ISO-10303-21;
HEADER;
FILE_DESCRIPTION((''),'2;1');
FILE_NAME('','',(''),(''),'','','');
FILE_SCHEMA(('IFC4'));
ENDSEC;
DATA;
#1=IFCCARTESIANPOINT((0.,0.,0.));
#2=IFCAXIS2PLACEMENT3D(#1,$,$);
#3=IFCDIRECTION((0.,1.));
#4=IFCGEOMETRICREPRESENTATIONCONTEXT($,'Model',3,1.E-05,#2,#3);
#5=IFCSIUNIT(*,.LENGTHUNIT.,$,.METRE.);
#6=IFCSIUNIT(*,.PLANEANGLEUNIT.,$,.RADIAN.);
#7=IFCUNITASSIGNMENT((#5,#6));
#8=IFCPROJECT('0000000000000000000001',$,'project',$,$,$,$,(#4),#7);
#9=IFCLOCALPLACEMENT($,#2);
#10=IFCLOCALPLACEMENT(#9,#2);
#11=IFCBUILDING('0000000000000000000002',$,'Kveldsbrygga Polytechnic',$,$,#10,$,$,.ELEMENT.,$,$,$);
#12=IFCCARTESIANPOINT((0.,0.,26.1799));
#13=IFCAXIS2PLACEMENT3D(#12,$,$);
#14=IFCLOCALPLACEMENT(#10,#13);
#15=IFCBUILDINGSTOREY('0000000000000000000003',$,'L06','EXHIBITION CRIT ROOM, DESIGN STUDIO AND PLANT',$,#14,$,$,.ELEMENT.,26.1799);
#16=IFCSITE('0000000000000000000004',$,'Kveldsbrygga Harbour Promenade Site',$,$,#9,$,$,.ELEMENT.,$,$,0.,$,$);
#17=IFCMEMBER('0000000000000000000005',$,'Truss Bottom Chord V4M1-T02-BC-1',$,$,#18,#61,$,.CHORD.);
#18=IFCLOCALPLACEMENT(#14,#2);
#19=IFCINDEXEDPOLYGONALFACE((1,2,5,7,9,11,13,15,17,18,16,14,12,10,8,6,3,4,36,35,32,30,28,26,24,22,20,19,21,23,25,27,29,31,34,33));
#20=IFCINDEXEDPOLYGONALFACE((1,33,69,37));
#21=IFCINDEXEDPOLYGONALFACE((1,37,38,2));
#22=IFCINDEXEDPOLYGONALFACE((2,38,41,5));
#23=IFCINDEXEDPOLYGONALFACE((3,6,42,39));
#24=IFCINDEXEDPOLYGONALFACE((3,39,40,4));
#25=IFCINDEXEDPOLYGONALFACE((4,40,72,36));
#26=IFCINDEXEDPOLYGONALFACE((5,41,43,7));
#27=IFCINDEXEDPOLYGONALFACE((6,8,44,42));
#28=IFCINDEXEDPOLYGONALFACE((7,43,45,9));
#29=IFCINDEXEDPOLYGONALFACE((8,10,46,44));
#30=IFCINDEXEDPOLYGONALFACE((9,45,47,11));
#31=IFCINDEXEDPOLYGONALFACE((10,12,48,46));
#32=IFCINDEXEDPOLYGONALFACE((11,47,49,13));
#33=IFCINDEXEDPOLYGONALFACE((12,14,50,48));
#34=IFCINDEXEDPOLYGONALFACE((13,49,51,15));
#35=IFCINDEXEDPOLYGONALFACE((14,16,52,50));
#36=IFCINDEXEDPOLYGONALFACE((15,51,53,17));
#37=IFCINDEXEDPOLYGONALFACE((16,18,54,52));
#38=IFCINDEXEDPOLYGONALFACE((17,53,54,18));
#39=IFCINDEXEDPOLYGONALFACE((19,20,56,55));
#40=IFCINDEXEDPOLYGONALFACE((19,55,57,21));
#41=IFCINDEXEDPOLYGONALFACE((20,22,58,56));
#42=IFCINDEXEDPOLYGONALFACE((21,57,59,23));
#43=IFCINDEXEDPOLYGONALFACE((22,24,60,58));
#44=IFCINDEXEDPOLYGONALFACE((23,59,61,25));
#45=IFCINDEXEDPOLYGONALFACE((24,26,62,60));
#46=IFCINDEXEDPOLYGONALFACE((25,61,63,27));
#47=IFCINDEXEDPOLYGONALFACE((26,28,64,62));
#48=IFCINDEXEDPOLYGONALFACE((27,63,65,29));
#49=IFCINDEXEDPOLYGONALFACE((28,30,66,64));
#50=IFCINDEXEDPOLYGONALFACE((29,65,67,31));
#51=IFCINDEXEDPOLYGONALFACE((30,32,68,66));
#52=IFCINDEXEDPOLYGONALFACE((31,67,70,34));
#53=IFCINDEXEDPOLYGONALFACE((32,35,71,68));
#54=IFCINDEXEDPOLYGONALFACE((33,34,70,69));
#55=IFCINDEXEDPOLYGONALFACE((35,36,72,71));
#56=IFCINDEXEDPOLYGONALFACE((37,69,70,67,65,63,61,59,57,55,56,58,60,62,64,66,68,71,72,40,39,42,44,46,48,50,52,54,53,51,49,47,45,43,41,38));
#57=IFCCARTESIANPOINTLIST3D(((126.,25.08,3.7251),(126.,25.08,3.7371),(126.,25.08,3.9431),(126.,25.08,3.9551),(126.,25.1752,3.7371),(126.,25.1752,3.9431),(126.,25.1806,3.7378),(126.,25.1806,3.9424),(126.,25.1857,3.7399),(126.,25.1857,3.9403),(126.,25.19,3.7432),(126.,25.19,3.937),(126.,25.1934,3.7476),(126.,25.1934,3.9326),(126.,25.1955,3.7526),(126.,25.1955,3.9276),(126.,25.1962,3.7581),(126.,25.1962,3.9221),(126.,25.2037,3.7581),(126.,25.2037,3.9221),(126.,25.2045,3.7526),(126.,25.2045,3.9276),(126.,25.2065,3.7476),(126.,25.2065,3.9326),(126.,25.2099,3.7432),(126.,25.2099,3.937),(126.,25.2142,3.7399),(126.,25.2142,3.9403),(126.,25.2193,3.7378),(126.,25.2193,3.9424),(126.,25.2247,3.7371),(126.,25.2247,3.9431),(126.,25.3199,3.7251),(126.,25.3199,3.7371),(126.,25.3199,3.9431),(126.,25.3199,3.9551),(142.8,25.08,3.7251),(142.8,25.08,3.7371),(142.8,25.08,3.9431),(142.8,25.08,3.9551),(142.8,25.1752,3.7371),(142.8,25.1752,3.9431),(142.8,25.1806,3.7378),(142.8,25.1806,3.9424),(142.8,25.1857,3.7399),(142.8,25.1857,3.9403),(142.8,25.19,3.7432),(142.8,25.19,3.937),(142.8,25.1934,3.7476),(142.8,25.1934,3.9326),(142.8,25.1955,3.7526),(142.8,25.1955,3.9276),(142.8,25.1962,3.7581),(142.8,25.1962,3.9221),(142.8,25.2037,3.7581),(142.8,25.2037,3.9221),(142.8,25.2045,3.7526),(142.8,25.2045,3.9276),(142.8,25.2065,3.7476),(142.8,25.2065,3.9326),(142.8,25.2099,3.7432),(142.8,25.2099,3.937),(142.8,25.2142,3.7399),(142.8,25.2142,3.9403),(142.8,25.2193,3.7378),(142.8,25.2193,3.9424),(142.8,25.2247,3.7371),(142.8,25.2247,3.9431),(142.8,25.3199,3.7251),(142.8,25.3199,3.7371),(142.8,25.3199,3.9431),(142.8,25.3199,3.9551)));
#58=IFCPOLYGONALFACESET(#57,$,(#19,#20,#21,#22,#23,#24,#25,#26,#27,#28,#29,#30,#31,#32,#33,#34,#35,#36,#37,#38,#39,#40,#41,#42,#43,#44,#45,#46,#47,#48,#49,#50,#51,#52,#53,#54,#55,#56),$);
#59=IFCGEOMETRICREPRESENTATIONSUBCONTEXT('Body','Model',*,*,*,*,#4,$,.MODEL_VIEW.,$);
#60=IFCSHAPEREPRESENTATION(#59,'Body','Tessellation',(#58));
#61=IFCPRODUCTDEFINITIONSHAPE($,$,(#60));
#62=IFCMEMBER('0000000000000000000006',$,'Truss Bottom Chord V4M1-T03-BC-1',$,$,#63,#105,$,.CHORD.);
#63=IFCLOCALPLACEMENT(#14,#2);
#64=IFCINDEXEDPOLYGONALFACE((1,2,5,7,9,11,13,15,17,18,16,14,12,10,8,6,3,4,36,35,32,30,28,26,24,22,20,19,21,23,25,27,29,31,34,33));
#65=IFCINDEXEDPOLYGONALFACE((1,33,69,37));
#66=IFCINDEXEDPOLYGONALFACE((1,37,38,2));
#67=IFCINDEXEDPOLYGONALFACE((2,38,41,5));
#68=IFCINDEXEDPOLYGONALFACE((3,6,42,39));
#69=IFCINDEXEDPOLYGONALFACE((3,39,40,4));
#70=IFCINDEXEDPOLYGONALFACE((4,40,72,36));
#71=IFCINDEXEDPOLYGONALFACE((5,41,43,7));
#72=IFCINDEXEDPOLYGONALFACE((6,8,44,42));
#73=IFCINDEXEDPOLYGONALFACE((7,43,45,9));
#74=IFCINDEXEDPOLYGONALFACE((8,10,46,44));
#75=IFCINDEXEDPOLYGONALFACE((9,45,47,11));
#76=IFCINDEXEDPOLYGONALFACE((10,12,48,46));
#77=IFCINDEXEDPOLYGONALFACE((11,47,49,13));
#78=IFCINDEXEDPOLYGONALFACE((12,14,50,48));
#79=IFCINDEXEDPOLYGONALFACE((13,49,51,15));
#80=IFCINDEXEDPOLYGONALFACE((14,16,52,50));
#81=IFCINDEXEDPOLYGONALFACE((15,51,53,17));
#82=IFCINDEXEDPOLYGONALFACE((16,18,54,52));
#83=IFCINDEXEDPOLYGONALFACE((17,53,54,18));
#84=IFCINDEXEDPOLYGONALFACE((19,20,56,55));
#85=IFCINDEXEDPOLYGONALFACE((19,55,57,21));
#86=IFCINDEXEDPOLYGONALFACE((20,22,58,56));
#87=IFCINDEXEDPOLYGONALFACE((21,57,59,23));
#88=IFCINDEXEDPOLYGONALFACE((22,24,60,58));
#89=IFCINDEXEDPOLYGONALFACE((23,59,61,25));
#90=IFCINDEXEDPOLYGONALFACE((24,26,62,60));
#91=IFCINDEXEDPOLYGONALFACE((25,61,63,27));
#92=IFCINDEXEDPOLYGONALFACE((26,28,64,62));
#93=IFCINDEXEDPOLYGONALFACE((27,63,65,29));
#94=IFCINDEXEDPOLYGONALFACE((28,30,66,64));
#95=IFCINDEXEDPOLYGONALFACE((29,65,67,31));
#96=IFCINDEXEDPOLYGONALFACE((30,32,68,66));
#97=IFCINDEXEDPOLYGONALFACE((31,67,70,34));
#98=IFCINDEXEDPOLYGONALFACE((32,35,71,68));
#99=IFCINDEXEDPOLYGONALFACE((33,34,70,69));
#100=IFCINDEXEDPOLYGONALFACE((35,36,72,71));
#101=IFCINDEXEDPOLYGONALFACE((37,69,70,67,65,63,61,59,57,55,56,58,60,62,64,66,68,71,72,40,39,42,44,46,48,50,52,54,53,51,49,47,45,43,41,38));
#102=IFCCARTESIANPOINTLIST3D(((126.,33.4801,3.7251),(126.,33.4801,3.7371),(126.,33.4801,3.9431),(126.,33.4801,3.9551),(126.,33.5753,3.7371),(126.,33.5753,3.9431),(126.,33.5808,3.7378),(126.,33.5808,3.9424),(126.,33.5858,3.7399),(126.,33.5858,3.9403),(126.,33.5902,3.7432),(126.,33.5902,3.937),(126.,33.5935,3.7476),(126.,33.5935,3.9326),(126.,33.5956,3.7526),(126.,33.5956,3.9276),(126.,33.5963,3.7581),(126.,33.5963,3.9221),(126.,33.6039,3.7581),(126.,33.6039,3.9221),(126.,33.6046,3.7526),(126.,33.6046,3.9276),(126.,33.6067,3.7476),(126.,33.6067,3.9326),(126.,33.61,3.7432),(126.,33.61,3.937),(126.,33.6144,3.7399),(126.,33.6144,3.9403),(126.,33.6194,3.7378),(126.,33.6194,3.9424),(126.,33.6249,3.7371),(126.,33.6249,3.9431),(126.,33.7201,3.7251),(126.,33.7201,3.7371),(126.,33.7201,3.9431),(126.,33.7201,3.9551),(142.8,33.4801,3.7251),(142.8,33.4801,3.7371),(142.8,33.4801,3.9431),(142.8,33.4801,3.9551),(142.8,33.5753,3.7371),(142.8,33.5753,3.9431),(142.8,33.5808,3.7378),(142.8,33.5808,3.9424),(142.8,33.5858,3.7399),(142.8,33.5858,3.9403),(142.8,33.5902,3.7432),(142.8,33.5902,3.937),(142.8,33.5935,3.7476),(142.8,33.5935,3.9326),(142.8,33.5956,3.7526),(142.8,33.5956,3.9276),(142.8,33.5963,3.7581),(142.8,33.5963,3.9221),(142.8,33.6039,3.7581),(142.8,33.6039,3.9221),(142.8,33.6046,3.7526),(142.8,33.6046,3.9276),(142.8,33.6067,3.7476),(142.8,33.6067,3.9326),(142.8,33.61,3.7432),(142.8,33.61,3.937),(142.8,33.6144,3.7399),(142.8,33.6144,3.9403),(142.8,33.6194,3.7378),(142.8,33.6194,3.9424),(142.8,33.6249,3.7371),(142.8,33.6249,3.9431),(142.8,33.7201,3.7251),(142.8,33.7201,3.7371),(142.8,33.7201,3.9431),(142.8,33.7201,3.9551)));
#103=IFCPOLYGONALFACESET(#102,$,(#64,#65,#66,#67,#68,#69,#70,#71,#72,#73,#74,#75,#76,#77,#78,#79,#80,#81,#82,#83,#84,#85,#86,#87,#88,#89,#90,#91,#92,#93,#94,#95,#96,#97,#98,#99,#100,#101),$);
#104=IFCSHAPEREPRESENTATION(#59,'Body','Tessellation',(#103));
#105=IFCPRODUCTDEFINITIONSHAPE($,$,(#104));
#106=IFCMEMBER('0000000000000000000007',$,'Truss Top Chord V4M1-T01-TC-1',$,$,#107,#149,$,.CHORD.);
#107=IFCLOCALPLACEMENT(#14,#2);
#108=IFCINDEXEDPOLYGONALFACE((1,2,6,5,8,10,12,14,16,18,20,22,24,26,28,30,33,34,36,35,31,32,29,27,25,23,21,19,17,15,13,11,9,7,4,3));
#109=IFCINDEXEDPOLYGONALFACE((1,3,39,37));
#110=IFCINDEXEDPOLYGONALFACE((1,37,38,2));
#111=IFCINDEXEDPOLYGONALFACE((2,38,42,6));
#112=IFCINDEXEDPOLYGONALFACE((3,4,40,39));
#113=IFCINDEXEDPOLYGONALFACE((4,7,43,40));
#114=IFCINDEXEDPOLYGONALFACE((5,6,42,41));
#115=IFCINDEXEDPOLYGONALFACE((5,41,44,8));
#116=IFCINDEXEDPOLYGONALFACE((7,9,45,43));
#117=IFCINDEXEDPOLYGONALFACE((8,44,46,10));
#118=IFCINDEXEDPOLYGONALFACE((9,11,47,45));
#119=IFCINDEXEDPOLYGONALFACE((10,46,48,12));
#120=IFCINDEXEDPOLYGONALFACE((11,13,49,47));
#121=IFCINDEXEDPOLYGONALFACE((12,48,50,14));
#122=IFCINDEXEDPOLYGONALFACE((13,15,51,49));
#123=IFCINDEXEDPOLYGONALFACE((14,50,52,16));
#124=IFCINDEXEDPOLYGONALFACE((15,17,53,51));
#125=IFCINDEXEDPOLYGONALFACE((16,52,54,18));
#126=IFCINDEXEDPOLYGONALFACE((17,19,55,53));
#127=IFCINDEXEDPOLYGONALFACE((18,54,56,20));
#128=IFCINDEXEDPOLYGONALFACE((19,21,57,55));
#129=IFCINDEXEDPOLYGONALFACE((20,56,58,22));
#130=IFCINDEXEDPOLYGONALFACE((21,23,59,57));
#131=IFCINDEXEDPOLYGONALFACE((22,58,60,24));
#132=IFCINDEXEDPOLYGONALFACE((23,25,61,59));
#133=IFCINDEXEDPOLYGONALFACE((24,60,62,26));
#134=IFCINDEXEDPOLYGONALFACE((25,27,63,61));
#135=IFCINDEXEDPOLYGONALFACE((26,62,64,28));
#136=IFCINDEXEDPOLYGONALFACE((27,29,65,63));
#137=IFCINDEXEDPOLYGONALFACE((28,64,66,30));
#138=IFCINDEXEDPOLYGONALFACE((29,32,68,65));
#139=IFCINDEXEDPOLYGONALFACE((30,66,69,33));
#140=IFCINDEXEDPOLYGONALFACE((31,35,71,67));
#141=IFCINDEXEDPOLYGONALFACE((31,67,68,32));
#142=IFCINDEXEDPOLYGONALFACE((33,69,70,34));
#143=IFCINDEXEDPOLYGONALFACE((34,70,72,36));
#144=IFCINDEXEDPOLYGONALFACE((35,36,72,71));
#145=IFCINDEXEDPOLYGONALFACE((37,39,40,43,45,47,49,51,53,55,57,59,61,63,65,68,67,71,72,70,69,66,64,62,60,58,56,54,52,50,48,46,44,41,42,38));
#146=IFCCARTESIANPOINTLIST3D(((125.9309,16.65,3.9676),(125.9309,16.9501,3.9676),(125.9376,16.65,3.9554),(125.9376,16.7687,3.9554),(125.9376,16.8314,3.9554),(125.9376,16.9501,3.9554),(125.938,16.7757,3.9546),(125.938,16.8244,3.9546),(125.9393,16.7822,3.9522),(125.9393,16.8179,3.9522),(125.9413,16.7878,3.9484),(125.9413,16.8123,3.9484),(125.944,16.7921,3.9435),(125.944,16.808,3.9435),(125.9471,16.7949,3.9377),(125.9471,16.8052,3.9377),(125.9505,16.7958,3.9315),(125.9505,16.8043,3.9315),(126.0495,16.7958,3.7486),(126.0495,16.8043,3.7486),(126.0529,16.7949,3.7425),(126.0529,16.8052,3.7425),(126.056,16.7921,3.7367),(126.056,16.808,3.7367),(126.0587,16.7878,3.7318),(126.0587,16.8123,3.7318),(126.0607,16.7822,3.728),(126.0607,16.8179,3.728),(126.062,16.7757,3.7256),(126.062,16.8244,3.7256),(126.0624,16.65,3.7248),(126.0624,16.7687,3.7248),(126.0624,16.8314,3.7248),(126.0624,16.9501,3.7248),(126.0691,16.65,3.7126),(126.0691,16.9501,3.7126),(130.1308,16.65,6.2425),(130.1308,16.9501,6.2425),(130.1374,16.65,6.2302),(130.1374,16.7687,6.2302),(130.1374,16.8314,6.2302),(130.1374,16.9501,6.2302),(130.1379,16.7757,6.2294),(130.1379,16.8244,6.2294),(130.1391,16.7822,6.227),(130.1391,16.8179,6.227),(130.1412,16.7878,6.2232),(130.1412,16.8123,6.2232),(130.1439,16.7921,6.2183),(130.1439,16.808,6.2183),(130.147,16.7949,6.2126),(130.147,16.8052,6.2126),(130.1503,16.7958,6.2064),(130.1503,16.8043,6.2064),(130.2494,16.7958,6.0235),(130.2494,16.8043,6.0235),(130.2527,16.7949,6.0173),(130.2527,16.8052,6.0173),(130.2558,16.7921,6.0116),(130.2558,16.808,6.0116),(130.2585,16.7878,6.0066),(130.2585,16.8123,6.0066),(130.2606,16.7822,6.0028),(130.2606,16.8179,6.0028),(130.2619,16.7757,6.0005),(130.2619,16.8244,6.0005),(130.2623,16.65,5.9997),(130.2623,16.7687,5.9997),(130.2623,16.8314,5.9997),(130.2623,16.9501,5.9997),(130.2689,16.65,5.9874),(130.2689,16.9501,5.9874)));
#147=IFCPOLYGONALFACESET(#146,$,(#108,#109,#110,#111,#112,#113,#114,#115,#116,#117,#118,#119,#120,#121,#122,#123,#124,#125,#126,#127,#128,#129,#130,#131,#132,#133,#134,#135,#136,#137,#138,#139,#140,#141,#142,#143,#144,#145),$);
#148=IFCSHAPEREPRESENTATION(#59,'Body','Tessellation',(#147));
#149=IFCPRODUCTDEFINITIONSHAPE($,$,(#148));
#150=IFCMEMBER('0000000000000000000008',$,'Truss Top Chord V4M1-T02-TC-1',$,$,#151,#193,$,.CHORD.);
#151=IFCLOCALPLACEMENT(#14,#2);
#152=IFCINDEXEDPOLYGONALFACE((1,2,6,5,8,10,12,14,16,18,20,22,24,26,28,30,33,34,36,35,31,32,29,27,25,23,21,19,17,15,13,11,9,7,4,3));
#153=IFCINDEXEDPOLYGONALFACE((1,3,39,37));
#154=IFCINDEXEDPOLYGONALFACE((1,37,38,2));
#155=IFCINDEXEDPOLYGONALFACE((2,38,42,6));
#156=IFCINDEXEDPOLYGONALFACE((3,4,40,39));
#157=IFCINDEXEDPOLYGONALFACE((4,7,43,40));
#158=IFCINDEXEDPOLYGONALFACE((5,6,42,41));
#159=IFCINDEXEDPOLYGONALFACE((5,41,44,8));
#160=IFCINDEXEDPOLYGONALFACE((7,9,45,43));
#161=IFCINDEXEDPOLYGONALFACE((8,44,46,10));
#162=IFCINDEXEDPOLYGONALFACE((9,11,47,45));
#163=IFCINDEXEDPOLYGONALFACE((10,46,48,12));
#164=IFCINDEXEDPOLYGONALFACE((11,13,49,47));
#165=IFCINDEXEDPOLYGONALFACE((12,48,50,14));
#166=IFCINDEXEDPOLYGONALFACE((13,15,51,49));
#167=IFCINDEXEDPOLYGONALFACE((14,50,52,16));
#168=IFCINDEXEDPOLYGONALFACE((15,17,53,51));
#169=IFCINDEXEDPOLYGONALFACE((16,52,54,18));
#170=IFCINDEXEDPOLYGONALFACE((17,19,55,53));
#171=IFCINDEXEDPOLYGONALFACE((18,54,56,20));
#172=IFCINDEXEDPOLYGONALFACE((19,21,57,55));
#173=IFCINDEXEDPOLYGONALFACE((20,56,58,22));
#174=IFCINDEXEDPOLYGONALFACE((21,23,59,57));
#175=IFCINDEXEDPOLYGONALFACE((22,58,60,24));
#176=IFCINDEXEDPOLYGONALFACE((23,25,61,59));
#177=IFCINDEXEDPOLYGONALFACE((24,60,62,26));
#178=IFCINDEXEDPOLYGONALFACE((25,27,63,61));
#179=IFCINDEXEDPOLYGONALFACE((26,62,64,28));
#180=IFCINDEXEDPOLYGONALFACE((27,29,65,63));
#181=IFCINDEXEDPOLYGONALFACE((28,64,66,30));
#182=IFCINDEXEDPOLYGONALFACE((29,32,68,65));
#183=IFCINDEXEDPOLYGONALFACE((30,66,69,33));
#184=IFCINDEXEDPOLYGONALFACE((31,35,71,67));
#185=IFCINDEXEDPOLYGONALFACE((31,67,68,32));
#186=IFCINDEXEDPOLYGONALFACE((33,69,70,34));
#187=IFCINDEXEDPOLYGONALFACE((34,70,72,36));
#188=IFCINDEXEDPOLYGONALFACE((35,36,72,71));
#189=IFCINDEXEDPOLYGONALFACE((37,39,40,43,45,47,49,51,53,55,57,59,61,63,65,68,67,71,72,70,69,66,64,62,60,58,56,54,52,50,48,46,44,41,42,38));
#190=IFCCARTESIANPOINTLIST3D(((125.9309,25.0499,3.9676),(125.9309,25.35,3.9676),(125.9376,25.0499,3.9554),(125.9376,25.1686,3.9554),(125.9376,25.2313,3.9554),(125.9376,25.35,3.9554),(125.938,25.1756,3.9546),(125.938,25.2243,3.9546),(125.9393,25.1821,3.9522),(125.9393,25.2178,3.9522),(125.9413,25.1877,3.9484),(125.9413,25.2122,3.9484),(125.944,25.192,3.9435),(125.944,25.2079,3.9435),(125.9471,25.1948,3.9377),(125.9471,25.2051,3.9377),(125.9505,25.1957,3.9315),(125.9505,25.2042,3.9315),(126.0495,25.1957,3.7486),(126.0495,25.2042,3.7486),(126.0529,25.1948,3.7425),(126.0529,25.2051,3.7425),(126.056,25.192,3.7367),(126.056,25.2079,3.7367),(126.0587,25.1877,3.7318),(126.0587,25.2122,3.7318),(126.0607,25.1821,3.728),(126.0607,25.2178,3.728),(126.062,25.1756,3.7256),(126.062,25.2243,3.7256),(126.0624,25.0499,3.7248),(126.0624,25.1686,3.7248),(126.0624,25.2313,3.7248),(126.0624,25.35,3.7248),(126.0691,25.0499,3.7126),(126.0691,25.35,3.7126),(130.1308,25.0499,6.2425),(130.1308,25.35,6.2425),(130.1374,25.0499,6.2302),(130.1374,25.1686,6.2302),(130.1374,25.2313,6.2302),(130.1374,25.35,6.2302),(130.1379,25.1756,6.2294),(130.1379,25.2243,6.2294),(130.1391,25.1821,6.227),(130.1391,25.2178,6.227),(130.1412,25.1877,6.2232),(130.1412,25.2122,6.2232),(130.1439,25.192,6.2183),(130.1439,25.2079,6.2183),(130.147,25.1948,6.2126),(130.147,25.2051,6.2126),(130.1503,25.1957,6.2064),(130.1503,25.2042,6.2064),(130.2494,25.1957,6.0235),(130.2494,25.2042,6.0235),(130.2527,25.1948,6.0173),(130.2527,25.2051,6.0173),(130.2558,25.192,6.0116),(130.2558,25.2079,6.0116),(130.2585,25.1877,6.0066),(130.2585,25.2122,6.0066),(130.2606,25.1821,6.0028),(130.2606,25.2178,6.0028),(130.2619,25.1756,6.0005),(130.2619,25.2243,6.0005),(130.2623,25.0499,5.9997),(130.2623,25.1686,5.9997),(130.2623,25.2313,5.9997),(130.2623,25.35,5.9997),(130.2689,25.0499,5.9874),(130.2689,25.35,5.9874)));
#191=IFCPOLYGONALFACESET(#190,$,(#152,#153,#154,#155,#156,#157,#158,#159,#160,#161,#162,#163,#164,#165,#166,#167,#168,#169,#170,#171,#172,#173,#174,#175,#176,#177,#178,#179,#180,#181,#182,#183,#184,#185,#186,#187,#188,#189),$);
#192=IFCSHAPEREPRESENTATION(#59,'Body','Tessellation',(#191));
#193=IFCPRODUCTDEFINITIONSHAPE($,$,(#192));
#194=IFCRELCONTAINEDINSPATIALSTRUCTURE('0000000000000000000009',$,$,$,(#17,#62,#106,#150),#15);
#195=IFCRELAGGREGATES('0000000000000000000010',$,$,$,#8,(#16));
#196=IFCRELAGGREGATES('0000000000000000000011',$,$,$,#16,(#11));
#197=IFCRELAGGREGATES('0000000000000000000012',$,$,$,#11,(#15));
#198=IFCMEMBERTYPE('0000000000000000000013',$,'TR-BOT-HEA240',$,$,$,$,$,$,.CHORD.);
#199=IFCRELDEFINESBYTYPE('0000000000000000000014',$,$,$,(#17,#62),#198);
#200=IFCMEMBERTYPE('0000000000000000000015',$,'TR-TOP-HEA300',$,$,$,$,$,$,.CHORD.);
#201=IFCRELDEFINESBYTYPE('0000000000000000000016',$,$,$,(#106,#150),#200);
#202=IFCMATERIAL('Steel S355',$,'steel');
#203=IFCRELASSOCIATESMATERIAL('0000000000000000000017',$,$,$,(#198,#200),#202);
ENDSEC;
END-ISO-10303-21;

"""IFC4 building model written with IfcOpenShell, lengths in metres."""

from ifc_helpers import new_model, si_unit, direction, frame, origin, origin_2d, place, context, subcontext, project, spatial, i_section, extrude, material, material_profile, profile_set, type_object, element, save


model = new_model("IFC4")

# Units and contexts
model_context = context("Model", 3, precision=1e-05, world=origin(), true_north=direction((0.0, 1.0)))
body_context = subcontext(model_context, "Body", "Model", "MODEL_VIEW")
ifc_project = project(units=[si_unit("LENGTHUNIT", "METRE"), si_unit("PLANEANGLEUNIT", "RADIAN")], contexts=[model_context])

# Site, building, storey
site_placement = place(None, origin())
site = spatial("IfcSite", under=ifc_project, at=site_placement, Name="Kveldsbrygga Harbour Promenade Site", CompositionType="ELEMENT", RefElevation=0.0)
building_placement = place(site_placement, origin())
building = spatial("IfcBuilding", under=site, at=building_placement, Name="Kveldsbrygga Polytechnic", CompositionType="ELEMENT")
storey_placement = place(building_placement, frame((0.0, 0.0, 26.1799)))
storey = spatial("IfcBuildingStorey", under=building, at=storey_placement, Name="L06", Description="EXHIBITION CRIT ROOM, DESIGN STUDIO AND PLANT", CompositionType="ELEMENT", Elevation=26.1799)

# Members
ifc_material_1 = material(Name="Steel S355", Category="steel")
ifc_material_profile_1 = material_profile(ifc_material_1, i_section(OverallWidth=0.24, OverallDepth=0.23, WebThickness=0.0076, FlangeThickness=0.012, FilletRadius=0.021, at=origin_2d()), Name="HEA 240")
ifc_profile_set_1 = profile_set([ifc_material_profile_1], Name="Steel S355")
member_type_1 = type_object("IfcMemberType", Name="TR-BOT-HEA240", PredefinedType="CHORD", material=ifc_profile_set_1)
for number, where, z_axis, x_axis, name in (
    (1, (126.0, 25.2, 3.8401), (1.0, 0.0, 0.0), (0.0, 1.0, 0.0), "Truss Bottom Chord V4M1-T02-BC-1"),
    (2, (126.0, 33.6001, 3.8401), (1.0, 0.0, 0.0), (0.0, 1.0, 0.0), "Truss Bottom Chord V4M1-T03-BC-1"),
):
    element("IfcMember", number, at=place(storey_placement, frame(where, z_axis=z_axis, x_axis=x_axis)), inside=storey, type_object=member_type_1, Name=name, PredefinedType="CHORD", context=body_context, shape_type="SweptSolid", body=[
        extrude(i_section(OverallWidth=0.24, OverallDepth=0.23, WebThickness=0.0076, FlangeThickness=0.012, FilletRadius=0.021, at=origin_2d()), origin(), (0.0, 0.0, 1.0), 16.8),
    ])
ifc_material_profile_2 = material_profile(ifc_material_1, i_section(OverallWidth=0.3, OverallDepth=0.29, WebThickness=0.0085, FlangeThickness=0.0139, FilletRadius=0.0271, at=origin_2d()), Name="HEA 300")
ifc_profile_set_2 = profile_set([ifc_material_profile_2], Name="Steel S355")
member_type_2 = type_object("IfcMemberType", Name="TR-TOP-HEA300", PredefinedType="CHORD", material=ifc_profile_set_2)
for number, where, z_axis, x_axis, name in (
    (3, (126.0, 16.8, 3.8401), (0.879298, 0.0, 0.476272), (0.0, 1.0, 0.0), "Truss Top Chord V4M1-T01-TC-1"),
    (4, (126.0, 25.2, 3.8401), (0.879298, 0.0, 0.476272), (0.0, 1.0, 0.0), "Truss Top Chord V4M1-T02-TC-1"),
):
    element("IfcMember", number, at=place(storey_placement, frame(where, z_axis=z_axis, x_axis=x_axis)), inside=storey, type_object=member_type_2, Name=name, PredefinedType="CHORD", context=body_context, shape_type="SweptSolid", body=[
        extrude(i_section(OverallWidth=0.3, OverallDepth=0.29, WebThickness=0.0085, FlangeThickness=0.0139, FilletRadius=0.0271, at=origin_2d()), origin(), (0.0, 0.0, 1.0), 4.7764),
    ])

save(model, "model.ifc")
